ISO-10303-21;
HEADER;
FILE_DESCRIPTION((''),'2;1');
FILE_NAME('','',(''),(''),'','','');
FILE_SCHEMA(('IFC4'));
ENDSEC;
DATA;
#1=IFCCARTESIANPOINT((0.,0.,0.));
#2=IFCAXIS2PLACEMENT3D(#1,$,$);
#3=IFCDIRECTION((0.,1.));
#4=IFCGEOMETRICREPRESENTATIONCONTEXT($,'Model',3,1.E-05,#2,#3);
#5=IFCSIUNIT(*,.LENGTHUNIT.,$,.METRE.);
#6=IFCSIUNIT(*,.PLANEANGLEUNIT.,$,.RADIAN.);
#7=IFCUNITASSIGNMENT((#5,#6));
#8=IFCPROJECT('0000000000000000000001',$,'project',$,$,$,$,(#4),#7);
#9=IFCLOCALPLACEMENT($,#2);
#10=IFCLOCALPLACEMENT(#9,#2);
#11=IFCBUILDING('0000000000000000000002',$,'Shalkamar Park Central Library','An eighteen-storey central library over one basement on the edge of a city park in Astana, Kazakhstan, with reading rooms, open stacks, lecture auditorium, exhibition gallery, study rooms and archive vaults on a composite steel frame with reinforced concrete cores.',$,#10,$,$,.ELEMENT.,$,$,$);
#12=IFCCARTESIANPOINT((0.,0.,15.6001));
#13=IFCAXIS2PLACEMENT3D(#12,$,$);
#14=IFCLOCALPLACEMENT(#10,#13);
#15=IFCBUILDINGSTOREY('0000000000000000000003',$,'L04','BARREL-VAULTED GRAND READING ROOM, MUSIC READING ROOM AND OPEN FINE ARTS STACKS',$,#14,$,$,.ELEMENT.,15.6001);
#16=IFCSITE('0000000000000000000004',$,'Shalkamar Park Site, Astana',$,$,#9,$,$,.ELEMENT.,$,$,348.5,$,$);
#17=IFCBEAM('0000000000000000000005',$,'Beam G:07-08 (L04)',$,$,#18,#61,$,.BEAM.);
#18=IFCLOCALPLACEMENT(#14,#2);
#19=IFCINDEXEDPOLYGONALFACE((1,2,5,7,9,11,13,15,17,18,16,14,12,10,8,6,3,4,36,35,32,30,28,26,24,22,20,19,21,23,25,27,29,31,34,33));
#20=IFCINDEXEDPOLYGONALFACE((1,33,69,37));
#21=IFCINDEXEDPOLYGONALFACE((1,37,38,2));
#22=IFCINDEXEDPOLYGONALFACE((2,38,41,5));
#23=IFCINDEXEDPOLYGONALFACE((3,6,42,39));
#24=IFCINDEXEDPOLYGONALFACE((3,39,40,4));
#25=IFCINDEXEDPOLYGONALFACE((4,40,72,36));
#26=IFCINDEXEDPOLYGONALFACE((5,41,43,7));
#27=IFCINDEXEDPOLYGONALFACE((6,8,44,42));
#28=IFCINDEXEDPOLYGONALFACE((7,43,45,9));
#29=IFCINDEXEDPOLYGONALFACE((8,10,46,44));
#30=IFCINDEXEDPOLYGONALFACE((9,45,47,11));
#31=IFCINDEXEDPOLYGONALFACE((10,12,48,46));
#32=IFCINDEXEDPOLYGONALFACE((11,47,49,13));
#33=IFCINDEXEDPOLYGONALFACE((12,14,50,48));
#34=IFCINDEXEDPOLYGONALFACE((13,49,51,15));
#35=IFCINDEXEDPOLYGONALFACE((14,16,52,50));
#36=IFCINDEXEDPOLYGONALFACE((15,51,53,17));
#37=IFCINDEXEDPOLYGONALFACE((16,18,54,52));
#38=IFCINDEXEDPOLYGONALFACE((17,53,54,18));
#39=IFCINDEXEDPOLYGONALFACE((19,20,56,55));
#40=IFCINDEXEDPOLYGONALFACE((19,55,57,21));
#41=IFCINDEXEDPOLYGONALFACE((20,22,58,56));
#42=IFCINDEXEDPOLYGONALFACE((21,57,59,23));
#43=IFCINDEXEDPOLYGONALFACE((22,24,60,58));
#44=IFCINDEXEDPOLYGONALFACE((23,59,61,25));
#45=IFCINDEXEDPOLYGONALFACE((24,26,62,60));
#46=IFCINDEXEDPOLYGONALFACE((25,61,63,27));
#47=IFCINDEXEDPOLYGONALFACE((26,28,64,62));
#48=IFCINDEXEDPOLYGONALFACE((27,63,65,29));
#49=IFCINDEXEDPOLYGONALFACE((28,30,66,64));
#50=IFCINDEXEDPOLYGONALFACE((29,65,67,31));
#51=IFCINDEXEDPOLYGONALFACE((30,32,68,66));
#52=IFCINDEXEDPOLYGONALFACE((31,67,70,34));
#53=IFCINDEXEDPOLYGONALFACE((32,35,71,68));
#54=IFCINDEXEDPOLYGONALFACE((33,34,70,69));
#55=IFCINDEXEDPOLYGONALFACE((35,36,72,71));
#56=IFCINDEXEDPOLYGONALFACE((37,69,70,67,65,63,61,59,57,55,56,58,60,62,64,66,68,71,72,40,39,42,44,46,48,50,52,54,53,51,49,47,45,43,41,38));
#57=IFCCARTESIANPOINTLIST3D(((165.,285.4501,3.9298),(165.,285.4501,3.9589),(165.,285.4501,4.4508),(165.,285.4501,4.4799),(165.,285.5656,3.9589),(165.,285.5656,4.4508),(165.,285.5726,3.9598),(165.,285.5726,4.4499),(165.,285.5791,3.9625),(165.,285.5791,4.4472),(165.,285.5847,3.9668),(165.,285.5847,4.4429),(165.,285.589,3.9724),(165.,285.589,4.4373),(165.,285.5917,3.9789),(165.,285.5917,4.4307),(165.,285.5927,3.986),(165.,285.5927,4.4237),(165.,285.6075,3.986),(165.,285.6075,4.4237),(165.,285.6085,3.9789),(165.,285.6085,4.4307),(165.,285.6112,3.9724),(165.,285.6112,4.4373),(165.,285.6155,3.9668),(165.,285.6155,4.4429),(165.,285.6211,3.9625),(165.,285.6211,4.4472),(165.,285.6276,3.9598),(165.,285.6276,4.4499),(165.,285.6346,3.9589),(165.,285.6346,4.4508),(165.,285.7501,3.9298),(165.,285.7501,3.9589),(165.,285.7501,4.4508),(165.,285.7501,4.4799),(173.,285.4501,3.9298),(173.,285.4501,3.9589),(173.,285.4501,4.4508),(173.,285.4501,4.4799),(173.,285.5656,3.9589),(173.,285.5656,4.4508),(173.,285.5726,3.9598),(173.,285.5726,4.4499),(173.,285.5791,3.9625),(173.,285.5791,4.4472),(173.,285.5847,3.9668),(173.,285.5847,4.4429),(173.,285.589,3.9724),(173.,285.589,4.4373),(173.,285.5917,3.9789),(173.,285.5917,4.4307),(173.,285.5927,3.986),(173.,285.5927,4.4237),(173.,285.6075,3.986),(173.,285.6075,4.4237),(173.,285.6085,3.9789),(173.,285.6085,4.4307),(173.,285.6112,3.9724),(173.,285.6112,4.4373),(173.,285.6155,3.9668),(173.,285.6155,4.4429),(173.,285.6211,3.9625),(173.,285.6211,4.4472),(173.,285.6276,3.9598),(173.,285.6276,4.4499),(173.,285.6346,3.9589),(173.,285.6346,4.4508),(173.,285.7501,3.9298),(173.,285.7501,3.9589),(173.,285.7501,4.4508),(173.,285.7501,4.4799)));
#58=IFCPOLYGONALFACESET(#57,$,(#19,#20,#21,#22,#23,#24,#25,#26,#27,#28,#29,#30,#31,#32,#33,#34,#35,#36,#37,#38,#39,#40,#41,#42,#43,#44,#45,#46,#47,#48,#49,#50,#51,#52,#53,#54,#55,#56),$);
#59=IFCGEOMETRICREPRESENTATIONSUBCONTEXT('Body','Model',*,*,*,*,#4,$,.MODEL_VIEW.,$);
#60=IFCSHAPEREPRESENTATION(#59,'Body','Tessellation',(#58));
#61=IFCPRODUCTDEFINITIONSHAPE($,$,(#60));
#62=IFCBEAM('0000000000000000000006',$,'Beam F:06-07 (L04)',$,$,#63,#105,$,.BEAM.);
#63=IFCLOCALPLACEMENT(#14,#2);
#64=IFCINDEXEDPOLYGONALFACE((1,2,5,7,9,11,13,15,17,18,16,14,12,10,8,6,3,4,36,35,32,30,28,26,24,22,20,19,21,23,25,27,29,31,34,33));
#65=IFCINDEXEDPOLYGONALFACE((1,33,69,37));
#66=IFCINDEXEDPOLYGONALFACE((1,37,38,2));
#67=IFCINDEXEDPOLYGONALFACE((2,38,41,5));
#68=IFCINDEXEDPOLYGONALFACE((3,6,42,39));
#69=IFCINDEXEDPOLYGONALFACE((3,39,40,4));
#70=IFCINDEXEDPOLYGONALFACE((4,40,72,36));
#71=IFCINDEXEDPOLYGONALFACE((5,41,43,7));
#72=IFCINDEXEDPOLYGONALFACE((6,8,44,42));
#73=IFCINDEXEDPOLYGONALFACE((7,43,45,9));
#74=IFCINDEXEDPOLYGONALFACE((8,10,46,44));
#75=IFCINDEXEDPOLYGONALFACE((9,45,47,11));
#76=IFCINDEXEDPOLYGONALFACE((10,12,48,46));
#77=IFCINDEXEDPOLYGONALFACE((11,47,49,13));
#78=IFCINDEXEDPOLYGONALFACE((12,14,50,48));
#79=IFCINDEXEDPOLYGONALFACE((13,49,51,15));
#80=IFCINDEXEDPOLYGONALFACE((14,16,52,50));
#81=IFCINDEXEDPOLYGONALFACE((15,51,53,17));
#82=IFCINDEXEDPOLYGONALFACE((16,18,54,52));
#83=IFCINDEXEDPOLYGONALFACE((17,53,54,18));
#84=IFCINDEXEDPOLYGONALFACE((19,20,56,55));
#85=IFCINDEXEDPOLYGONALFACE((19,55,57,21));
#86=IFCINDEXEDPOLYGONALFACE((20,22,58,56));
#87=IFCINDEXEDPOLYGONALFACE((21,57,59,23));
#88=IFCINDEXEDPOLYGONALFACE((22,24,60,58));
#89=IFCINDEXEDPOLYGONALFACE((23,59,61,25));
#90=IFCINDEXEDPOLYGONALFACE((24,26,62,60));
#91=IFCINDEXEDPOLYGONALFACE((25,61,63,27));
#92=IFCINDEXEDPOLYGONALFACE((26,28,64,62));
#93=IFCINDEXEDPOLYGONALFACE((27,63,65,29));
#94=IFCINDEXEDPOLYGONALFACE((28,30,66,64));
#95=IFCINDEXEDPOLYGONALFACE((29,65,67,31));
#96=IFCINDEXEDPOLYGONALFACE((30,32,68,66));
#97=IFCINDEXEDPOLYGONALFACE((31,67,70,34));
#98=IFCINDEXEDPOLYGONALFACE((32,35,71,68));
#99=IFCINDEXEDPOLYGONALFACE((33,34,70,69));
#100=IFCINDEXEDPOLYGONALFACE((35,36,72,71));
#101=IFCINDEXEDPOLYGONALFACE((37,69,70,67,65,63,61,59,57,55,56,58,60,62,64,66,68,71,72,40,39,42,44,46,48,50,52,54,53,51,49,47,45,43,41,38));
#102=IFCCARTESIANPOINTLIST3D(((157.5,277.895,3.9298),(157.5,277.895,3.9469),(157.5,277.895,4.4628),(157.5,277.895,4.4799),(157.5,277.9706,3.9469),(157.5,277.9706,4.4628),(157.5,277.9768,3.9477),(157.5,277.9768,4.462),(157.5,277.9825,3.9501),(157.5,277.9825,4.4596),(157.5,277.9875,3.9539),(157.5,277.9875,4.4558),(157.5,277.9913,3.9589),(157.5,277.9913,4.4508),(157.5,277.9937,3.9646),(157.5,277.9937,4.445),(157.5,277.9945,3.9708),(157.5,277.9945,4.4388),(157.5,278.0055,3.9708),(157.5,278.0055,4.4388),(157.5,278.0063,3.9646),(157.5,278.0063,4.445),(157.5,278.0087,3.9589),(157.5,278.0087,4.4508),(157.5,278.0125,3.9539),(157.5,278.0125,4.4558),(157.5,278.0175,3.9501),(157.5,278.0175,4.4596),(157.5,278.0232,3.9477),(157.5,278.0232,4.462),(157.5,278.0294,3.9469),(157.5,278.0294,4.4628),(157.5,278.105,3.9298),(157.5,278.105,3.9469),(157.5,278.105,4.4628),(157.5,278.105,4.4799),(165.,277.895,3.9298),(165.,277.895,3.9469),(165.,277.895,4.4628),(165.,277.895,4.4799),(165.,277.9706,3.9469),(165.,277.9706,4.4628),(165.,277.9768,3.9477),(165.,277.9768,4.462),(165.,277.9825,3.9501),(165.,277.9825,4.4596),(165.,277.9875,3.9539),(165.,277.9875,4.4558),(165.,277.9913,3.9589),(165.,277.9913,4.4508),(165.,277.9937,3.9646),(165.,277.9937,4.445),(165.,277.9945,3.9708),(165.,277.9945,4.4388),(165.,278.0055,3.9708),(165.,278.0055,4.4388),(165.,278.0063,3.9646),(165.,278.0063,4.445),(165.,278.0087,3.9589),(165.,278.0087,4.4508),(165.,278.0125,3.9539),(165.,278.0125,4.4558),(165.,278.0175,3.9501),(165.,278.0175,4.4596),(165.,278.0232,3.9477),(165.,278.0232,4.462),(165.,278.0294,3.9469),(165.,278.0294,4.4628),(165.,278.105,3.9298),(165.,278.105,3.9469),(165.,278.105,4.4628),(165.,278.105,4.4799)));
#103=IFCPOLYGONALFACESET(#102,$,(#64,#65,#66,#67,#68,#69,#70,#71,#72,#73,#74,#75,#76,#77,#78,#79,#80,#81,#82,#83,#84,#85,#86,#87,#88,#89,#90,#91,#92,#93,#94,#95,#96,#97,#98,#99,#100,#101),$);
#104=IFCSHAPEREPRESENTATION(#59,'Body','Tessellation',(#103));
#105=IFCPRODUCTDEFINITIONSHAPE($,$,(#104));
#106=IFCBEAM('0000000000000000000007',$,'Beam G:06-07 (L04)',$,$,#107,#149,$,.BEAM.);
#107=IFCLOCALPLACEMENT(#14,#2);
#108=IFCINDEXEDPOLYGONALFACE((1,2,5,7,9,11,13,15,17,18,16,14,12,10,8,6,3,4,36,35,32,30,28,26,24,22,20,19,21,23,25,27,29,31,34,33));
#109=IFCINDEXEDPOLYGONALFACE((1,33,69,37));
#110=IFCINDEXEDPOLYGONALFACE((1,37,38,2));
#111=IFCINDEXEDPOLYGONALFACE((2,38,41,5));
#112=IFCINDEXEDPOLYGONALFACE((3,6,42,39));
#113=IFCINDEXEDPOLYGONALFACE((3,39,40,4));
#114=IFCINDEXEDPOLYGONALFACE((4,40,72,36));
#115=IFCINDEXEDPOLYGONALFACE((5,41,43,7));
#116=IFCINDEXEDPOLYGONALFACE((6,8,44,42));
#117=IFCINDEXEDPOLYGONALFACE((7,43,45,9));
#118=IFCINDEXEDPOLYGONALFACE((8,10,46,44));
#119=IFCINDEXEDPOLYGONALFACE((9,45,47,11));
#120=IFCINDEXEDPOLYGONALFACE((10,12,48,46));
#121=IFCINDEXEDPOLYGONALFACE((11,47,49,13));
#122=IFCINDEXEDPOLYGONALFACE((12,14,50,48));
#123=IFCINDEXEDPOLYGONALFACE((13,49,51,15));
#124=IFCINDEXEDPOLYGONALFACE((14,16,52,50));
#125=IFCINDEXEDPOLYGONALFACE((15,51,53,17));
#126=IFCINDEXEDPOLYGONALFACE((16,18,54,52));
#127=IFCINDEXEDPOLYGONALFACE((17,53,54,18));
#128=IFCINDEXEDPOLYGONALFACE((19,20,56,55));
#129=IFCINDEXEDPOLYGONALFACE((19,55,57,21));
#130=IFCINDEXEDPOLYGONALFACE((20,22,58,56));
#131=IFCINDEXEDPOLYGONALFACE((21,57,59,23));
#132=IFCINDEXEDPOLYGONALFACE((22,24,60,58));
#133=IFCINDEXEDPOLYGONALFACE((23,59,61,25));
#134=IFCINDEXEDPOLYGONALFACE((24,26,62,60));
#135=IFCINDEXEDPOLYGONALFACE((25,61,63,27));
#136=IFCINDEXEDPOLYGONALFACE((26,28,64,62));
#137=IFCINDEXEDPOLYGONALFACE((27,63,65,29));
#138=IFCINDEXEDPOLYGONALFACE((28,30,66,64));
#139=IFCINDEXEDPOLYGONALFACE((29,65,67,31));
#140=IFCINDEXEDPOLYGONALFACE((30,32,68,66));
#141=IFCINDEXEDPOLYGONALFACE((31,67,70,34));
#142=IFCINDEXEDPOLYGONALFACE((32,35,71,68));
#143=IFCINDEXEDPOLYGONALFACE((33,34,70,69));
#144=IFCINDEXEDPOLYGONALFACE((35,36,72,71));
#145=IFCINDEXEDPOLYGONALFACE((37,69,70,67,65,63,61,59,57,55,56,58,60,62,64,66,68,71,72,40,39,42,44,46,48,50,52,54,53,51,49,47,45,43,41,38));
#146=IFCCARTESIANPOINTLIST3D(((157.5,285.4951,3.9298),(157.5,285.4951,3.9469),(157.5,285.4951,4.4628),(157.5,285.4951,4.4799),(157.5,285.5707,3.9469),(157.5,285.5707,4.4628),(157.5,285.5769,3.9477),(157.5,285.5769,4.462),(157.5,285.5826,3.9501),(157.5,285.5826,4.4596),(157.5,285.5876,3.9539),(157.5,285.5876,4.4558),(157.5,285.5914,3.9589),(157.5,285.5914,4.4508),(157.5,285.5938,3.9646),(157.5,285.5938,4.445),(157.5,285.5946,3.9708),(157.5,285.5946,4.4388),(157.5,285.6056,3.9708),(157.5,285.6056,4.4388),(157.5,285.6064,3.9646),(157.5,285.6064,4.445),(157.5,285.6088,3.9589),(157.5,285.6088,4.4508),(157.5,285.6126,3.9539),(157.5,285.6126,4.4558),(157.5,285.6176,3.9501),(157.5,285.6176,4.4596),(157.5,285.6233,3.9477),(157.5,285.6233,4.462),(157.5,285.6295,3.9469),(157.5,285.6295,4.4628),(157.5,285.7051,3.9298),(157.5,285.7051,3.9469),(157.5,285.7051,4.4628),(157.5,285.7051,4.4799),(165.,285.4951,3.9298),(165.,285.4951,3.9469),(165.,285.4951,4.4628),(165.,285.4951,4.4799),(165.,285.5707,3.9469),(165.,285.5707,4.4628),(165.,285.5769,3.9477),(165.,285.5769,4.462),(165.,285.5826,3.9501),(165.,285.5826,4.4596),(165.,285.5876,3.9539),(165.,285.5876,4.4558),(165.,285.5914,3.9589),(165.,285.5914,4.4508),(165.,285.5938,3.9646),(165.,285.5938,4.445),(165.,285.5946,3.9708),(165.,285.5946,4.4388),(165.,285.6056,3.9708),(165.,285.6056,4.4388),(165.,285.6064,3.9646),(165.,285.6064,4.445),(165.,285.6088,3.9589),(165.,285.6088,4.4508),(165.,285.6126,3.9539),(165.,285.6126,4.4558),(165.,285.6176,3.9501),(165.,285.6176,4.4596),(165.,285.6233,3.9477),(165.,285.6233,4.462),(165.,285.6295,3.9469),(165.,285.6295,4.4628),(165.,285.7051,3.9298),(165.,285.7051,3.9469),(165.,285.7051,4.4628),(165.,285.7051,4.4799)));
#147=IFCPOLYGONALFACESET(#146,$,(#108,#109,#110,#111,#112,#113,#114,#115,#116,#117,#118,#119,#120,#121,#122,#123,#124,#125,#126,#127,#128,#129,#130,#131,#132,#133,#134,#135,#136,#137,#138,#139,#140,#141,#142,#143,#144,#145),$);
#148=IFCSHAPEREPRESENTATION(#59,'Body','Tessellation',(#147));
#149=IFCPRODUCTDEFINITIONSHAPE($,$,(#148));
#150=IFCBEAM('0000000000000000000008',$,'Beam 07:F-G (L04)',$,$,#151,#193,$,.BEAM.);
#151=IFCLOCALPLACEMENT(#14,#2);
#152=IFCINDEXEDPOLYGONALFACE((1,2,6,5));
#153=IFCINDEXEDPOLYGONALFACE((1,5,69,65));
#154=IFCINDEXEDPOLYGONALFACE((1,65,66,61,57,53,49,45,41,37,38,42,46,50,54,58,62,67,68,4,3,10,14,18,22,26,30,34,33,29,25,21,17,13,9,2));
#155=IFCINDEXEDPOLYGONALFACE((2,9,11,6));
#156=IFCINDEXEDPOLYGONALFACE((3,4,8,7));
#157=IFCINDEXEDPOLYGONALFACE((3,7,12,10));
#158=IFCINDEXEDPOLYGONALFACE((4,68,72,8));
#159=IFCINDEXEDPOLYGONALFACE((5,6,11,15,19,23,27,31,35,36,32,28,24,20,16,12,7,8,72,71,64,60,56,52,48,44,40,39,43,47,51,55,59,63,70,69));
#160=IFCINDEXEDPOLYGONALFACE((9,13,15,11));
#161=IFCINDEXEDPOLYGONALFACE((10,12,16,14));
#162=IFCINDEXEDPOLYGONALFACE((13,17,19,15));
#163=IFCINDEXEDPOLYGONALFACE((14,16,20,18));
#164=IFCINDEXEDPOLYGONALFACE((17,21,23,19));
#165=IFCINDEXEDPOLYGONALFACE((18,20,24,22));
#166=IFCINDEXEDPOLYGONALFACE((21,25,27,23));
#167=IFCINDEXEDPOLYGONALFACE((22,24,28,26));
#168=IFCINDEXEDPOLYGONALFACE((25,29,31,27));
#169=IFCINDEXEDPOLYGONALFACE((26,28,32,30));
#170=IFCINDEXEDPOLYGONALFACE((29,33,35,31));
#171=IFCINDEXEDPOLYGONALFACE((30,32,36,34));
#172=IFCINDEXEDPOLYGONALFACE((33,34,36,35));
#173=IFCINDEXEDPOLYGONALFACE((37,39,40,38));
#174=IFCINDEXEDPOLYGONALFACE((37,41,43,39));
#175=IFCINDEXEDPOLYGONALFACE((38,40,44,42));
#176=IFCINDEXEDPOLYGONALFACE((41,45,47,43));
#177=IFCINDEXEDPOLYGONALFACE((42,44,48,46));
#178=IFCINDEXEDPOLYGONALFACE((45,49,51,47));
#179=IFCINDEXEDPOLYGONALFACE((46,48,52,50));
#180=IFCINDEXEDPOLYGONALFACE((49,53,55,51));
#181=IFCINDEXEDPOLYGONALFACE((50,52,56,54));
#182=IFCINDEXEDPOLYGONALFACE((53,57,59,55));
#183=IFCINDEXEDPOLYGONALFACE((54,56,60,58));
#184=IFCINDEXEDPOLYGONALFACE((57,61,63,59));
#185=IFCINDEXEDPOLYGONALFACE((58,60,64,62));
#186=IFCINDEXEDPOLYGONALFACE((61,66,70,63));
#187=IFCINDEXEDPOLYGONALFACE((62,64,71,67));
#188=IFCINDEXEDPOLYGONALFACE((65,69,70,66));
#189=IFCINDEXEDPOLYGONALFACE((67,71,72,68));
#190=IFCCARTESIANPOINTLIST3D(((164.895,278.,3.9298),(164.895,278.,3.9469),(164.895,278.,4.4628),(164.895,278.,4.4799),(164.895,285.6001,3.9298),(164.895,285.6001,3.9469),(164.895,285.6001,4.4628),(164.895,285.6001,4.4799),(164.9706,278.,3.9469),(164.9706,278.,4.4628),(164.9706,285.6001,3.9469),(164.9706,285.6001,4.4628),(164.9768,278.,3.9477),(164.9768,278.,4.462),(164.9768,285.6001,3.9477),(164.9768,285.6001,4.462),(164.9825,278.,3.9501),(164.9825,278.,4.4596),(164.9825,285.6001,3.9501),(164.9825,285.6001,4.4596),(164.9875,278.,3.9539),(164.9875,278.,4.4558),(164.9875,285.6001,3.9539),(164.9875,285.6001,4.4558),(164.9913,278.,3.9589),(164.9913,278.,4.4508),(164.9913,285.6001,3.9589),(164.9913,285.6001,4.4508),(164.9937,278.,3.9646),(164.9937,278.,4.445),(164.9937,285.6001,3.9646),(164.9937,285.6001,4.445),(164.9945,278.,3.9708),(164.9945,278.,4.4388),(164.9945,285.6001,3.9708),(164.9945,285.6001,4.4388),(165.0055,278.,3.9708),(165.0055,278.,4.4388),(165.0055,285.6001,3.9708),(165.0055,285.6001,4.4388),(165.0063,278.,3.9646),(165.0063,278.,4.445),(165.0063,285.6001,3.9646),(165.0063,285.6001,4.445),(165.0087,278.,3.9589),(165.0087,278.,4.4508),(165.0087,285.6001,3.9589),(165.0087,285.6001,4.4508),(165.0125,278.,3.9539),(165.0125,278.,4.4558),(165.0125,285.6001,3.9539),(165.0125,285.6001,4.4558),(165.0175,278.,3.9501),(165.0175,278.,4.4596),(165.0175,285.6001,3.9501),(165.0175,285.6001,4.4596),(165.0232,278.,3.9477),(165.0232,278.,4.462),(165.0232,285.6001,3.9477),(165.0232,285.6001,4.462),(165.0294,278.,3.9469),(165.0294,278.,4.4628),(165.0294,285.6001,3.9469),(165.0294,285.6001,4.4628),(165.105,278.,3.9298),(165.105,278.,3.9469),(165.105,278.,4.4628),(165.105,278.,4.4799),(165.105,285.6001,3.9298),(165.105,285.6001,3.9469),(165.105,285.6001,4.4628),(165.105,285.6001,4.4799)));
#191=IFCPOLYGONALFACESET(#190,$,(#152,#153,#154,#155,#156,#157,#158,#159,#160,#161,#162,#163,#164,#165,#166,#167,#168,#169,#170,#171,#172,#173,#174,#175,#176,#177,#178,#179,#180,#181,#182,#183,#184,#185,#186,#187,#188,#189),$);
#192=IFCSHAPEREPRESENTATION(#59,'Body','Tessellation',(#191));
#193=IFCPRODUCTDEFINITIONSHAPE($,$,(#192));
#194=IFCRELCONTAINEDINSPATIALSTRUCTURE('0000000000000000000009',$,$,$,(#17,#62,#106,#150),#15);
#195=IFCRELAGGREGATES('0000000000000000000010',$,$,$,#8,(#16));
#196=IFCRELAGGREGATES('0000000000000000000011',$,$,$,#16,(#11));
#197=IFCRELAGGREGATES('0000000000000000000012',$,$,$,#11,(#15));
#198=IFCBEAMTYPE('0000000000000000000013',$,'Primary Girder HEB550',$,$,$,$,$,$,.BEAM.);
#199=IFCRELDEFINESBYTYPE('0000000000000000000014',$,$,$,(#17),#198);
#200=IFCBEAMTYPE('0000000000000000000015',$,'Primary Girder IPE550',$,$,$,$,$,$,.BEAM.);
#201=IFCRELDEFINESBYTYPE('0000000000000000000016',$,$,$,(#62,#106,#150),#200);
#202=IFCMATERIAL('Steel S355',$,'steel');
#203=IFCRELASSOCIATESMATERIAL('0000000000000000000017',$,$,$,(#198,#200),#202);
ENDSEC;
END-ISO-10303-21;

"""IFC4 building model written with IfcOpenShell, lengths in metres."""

from ifc_helpers import new_model, si_unit, direction, frame, origin, origin_2d, place, context, subcontext, project, spatial, i_section, extrude, material, material_profile, profile_set, type_object, element, save


model = new_model("IFC4")

# Units and contexts
model_context = context("Model", 3, precision=1e-05, world=origin(), true_north=direction((0.0, 1.0)))
body_context = subcontext(model_context, "Body", "Model", "MODEL_VIEW")
ifc_project = project(units=[si_unit("LENGTHUNIT", "METRE"), si_unit("PLANEANGLEUNIT", "RADIAN")], contexts=[model_context])

# Site, building, storey
site_placement = place(None, origin())
site = spatial("IfcSite", under=ifc_project, at=site_placement, Name="Shalkamar Park Site, Astana", CompositionType="ELEMENT", RefElevation=348.5)
building_placement = place(site_placement, origin())
building = spatial("IfcBuilding", under=site, at=building_placement, Name="Shalkamar Park Central Library", Description="An eighteen-storey central library over one basement on the edge of a city park in Astana, Kazakhstan, with reading rooms, open stacks, lecture auditorium, exhibition gallery, study rooms and archive vaults on a composite steel frame with reinforced concrete cores.", CompositionType="ELEMENT")
storey_placement = place(building_placement, frame((0.0, 0.0, 15.6001)))
storey = spatial("IfcBuildingStorey", under=building, at=storey_placement, Name="L04", Description="BARREL-VAULTED GRAND READING ROOM, MUSIC READING ROOM AND OPEN FINE ARTS STACKS", CompositionType="ELEMENT", Elevation=15.6001)

# Shared definitions
ifc_material_1 = material(Name="Steel S355", Category="steel")

# Beams
ifc_material_profile_1 = material_profile(ifc_material_1, i_section(OverallWidth=0.3, OverallDepth=0.55, WebThickness=0.0149, FlangeThickness=0.0291, FilletRadius=0.0271, at=origin_2d()), Name="HEB 550")
ifc_profile_set_1 = profile_set([ifc_material_profile_1], Name="Steel S355")
beam_type_1 = type_object("IfcBeamType", Name="Primary Girder HEB550", PredefinedType="BEAM", material=ifc_profile_set_1)
for number, where, z_axis, x_axis, name in (
    (1, (165.0, 285.6001, 4.2048), (1.0, 0.0, 0.0), (0.0, 1.0, 0.0), "Beam G:07-08 (L04)"),
):
    element("IfcBeam", number, at=place(storey_placement, frame(where, z_axis=z_axis, x_axis=x_axis)), inside=storey, type_object=beam_type_1, Name=name, PredefinedType="BEAM", context=body_context, shape_type="SweptSolid", body=[
        extrude(i_section(OverallWidth=0.3, OverallDepth=0.55, WebThickness=0.0149, FlangeThickness=0.0291, FilletRadius=0.0271, at=origin_2d()), origin(), (0.0, 0.0, 1.0), 8.0),
    ])
ifc_material_profile_2 = material_profile(ifc_material_1, i_section(OverallWidth=0.21, OverallDepth=0.55, WebThickness=0.011, FlangeThickness=0.0171, FilletRadius=0.0239, at=origin_2d()), Name="IPE 550")
ifc_profile_set_2 = profile_set([ifc_material_profile_2], Name="Steel S355")
beam_type_2 = type_object("IfcBeamType", Name="Primary Girder IPE550", PredefinedType="BEAM", material=ifc_profile_set_2)
for number, where, z_axis, x_axis, name in (
    (2, (157.5, 278.0, 4.2048), (1.0, 0.0, 0.0), (0.0, 1.0, 0.0), "Beam F:06-07 (L04)"),
    (3, (157.5, 285.6001, 4.2048), (1.0, 0.0, 0.0), (0.0, 1.0, 0.0), "Beam G:06-07 (L04)"),
):
    element("IfcBeam", number, at=place(storey_placement, frame(where, z_axis=z_axis, x_axis=x_axis)), inside=storey, type_object=beam_type_2, Name=name, PredefinedType="BEAM", context=body_context, shape_type="SweptSolid", body=[
        extrude(i_section(OverallWidth=0.21, OverallDepth=0.55, WebThickness=0.011, FlangeThickness=0.0171, FilletRadius=0.0239, at=origin_2d()), origin(), (0.0, 0.0, 1.0), 7.5),
    ])
beam_1_placement = place(storey_placement, frame((165.0, 278.0, 4.2048), z_axis=(0.0, 1.0, 0.0), x_axis=(-1.0, 0.0, 0.0)))
element("IfcBeam", 4, at=beam_1_placement, inside=storey, type_object=beam_type_2, Name="Beam 07:F-G (L04)", PredefinedType="BEAM", context=body_context, shape_type="SweptSolid", body=[
    extrude(i_section(OverallWidth=0.21, OverallDepth=0.55, WebThickness=0.011, FlangeThickness=0.0171, FilletRadius=0.0239, at=origin_2d()), origin(), (0.0, 0.0, 1.0), 7.6001),
])

save(model, "model.ifc")
